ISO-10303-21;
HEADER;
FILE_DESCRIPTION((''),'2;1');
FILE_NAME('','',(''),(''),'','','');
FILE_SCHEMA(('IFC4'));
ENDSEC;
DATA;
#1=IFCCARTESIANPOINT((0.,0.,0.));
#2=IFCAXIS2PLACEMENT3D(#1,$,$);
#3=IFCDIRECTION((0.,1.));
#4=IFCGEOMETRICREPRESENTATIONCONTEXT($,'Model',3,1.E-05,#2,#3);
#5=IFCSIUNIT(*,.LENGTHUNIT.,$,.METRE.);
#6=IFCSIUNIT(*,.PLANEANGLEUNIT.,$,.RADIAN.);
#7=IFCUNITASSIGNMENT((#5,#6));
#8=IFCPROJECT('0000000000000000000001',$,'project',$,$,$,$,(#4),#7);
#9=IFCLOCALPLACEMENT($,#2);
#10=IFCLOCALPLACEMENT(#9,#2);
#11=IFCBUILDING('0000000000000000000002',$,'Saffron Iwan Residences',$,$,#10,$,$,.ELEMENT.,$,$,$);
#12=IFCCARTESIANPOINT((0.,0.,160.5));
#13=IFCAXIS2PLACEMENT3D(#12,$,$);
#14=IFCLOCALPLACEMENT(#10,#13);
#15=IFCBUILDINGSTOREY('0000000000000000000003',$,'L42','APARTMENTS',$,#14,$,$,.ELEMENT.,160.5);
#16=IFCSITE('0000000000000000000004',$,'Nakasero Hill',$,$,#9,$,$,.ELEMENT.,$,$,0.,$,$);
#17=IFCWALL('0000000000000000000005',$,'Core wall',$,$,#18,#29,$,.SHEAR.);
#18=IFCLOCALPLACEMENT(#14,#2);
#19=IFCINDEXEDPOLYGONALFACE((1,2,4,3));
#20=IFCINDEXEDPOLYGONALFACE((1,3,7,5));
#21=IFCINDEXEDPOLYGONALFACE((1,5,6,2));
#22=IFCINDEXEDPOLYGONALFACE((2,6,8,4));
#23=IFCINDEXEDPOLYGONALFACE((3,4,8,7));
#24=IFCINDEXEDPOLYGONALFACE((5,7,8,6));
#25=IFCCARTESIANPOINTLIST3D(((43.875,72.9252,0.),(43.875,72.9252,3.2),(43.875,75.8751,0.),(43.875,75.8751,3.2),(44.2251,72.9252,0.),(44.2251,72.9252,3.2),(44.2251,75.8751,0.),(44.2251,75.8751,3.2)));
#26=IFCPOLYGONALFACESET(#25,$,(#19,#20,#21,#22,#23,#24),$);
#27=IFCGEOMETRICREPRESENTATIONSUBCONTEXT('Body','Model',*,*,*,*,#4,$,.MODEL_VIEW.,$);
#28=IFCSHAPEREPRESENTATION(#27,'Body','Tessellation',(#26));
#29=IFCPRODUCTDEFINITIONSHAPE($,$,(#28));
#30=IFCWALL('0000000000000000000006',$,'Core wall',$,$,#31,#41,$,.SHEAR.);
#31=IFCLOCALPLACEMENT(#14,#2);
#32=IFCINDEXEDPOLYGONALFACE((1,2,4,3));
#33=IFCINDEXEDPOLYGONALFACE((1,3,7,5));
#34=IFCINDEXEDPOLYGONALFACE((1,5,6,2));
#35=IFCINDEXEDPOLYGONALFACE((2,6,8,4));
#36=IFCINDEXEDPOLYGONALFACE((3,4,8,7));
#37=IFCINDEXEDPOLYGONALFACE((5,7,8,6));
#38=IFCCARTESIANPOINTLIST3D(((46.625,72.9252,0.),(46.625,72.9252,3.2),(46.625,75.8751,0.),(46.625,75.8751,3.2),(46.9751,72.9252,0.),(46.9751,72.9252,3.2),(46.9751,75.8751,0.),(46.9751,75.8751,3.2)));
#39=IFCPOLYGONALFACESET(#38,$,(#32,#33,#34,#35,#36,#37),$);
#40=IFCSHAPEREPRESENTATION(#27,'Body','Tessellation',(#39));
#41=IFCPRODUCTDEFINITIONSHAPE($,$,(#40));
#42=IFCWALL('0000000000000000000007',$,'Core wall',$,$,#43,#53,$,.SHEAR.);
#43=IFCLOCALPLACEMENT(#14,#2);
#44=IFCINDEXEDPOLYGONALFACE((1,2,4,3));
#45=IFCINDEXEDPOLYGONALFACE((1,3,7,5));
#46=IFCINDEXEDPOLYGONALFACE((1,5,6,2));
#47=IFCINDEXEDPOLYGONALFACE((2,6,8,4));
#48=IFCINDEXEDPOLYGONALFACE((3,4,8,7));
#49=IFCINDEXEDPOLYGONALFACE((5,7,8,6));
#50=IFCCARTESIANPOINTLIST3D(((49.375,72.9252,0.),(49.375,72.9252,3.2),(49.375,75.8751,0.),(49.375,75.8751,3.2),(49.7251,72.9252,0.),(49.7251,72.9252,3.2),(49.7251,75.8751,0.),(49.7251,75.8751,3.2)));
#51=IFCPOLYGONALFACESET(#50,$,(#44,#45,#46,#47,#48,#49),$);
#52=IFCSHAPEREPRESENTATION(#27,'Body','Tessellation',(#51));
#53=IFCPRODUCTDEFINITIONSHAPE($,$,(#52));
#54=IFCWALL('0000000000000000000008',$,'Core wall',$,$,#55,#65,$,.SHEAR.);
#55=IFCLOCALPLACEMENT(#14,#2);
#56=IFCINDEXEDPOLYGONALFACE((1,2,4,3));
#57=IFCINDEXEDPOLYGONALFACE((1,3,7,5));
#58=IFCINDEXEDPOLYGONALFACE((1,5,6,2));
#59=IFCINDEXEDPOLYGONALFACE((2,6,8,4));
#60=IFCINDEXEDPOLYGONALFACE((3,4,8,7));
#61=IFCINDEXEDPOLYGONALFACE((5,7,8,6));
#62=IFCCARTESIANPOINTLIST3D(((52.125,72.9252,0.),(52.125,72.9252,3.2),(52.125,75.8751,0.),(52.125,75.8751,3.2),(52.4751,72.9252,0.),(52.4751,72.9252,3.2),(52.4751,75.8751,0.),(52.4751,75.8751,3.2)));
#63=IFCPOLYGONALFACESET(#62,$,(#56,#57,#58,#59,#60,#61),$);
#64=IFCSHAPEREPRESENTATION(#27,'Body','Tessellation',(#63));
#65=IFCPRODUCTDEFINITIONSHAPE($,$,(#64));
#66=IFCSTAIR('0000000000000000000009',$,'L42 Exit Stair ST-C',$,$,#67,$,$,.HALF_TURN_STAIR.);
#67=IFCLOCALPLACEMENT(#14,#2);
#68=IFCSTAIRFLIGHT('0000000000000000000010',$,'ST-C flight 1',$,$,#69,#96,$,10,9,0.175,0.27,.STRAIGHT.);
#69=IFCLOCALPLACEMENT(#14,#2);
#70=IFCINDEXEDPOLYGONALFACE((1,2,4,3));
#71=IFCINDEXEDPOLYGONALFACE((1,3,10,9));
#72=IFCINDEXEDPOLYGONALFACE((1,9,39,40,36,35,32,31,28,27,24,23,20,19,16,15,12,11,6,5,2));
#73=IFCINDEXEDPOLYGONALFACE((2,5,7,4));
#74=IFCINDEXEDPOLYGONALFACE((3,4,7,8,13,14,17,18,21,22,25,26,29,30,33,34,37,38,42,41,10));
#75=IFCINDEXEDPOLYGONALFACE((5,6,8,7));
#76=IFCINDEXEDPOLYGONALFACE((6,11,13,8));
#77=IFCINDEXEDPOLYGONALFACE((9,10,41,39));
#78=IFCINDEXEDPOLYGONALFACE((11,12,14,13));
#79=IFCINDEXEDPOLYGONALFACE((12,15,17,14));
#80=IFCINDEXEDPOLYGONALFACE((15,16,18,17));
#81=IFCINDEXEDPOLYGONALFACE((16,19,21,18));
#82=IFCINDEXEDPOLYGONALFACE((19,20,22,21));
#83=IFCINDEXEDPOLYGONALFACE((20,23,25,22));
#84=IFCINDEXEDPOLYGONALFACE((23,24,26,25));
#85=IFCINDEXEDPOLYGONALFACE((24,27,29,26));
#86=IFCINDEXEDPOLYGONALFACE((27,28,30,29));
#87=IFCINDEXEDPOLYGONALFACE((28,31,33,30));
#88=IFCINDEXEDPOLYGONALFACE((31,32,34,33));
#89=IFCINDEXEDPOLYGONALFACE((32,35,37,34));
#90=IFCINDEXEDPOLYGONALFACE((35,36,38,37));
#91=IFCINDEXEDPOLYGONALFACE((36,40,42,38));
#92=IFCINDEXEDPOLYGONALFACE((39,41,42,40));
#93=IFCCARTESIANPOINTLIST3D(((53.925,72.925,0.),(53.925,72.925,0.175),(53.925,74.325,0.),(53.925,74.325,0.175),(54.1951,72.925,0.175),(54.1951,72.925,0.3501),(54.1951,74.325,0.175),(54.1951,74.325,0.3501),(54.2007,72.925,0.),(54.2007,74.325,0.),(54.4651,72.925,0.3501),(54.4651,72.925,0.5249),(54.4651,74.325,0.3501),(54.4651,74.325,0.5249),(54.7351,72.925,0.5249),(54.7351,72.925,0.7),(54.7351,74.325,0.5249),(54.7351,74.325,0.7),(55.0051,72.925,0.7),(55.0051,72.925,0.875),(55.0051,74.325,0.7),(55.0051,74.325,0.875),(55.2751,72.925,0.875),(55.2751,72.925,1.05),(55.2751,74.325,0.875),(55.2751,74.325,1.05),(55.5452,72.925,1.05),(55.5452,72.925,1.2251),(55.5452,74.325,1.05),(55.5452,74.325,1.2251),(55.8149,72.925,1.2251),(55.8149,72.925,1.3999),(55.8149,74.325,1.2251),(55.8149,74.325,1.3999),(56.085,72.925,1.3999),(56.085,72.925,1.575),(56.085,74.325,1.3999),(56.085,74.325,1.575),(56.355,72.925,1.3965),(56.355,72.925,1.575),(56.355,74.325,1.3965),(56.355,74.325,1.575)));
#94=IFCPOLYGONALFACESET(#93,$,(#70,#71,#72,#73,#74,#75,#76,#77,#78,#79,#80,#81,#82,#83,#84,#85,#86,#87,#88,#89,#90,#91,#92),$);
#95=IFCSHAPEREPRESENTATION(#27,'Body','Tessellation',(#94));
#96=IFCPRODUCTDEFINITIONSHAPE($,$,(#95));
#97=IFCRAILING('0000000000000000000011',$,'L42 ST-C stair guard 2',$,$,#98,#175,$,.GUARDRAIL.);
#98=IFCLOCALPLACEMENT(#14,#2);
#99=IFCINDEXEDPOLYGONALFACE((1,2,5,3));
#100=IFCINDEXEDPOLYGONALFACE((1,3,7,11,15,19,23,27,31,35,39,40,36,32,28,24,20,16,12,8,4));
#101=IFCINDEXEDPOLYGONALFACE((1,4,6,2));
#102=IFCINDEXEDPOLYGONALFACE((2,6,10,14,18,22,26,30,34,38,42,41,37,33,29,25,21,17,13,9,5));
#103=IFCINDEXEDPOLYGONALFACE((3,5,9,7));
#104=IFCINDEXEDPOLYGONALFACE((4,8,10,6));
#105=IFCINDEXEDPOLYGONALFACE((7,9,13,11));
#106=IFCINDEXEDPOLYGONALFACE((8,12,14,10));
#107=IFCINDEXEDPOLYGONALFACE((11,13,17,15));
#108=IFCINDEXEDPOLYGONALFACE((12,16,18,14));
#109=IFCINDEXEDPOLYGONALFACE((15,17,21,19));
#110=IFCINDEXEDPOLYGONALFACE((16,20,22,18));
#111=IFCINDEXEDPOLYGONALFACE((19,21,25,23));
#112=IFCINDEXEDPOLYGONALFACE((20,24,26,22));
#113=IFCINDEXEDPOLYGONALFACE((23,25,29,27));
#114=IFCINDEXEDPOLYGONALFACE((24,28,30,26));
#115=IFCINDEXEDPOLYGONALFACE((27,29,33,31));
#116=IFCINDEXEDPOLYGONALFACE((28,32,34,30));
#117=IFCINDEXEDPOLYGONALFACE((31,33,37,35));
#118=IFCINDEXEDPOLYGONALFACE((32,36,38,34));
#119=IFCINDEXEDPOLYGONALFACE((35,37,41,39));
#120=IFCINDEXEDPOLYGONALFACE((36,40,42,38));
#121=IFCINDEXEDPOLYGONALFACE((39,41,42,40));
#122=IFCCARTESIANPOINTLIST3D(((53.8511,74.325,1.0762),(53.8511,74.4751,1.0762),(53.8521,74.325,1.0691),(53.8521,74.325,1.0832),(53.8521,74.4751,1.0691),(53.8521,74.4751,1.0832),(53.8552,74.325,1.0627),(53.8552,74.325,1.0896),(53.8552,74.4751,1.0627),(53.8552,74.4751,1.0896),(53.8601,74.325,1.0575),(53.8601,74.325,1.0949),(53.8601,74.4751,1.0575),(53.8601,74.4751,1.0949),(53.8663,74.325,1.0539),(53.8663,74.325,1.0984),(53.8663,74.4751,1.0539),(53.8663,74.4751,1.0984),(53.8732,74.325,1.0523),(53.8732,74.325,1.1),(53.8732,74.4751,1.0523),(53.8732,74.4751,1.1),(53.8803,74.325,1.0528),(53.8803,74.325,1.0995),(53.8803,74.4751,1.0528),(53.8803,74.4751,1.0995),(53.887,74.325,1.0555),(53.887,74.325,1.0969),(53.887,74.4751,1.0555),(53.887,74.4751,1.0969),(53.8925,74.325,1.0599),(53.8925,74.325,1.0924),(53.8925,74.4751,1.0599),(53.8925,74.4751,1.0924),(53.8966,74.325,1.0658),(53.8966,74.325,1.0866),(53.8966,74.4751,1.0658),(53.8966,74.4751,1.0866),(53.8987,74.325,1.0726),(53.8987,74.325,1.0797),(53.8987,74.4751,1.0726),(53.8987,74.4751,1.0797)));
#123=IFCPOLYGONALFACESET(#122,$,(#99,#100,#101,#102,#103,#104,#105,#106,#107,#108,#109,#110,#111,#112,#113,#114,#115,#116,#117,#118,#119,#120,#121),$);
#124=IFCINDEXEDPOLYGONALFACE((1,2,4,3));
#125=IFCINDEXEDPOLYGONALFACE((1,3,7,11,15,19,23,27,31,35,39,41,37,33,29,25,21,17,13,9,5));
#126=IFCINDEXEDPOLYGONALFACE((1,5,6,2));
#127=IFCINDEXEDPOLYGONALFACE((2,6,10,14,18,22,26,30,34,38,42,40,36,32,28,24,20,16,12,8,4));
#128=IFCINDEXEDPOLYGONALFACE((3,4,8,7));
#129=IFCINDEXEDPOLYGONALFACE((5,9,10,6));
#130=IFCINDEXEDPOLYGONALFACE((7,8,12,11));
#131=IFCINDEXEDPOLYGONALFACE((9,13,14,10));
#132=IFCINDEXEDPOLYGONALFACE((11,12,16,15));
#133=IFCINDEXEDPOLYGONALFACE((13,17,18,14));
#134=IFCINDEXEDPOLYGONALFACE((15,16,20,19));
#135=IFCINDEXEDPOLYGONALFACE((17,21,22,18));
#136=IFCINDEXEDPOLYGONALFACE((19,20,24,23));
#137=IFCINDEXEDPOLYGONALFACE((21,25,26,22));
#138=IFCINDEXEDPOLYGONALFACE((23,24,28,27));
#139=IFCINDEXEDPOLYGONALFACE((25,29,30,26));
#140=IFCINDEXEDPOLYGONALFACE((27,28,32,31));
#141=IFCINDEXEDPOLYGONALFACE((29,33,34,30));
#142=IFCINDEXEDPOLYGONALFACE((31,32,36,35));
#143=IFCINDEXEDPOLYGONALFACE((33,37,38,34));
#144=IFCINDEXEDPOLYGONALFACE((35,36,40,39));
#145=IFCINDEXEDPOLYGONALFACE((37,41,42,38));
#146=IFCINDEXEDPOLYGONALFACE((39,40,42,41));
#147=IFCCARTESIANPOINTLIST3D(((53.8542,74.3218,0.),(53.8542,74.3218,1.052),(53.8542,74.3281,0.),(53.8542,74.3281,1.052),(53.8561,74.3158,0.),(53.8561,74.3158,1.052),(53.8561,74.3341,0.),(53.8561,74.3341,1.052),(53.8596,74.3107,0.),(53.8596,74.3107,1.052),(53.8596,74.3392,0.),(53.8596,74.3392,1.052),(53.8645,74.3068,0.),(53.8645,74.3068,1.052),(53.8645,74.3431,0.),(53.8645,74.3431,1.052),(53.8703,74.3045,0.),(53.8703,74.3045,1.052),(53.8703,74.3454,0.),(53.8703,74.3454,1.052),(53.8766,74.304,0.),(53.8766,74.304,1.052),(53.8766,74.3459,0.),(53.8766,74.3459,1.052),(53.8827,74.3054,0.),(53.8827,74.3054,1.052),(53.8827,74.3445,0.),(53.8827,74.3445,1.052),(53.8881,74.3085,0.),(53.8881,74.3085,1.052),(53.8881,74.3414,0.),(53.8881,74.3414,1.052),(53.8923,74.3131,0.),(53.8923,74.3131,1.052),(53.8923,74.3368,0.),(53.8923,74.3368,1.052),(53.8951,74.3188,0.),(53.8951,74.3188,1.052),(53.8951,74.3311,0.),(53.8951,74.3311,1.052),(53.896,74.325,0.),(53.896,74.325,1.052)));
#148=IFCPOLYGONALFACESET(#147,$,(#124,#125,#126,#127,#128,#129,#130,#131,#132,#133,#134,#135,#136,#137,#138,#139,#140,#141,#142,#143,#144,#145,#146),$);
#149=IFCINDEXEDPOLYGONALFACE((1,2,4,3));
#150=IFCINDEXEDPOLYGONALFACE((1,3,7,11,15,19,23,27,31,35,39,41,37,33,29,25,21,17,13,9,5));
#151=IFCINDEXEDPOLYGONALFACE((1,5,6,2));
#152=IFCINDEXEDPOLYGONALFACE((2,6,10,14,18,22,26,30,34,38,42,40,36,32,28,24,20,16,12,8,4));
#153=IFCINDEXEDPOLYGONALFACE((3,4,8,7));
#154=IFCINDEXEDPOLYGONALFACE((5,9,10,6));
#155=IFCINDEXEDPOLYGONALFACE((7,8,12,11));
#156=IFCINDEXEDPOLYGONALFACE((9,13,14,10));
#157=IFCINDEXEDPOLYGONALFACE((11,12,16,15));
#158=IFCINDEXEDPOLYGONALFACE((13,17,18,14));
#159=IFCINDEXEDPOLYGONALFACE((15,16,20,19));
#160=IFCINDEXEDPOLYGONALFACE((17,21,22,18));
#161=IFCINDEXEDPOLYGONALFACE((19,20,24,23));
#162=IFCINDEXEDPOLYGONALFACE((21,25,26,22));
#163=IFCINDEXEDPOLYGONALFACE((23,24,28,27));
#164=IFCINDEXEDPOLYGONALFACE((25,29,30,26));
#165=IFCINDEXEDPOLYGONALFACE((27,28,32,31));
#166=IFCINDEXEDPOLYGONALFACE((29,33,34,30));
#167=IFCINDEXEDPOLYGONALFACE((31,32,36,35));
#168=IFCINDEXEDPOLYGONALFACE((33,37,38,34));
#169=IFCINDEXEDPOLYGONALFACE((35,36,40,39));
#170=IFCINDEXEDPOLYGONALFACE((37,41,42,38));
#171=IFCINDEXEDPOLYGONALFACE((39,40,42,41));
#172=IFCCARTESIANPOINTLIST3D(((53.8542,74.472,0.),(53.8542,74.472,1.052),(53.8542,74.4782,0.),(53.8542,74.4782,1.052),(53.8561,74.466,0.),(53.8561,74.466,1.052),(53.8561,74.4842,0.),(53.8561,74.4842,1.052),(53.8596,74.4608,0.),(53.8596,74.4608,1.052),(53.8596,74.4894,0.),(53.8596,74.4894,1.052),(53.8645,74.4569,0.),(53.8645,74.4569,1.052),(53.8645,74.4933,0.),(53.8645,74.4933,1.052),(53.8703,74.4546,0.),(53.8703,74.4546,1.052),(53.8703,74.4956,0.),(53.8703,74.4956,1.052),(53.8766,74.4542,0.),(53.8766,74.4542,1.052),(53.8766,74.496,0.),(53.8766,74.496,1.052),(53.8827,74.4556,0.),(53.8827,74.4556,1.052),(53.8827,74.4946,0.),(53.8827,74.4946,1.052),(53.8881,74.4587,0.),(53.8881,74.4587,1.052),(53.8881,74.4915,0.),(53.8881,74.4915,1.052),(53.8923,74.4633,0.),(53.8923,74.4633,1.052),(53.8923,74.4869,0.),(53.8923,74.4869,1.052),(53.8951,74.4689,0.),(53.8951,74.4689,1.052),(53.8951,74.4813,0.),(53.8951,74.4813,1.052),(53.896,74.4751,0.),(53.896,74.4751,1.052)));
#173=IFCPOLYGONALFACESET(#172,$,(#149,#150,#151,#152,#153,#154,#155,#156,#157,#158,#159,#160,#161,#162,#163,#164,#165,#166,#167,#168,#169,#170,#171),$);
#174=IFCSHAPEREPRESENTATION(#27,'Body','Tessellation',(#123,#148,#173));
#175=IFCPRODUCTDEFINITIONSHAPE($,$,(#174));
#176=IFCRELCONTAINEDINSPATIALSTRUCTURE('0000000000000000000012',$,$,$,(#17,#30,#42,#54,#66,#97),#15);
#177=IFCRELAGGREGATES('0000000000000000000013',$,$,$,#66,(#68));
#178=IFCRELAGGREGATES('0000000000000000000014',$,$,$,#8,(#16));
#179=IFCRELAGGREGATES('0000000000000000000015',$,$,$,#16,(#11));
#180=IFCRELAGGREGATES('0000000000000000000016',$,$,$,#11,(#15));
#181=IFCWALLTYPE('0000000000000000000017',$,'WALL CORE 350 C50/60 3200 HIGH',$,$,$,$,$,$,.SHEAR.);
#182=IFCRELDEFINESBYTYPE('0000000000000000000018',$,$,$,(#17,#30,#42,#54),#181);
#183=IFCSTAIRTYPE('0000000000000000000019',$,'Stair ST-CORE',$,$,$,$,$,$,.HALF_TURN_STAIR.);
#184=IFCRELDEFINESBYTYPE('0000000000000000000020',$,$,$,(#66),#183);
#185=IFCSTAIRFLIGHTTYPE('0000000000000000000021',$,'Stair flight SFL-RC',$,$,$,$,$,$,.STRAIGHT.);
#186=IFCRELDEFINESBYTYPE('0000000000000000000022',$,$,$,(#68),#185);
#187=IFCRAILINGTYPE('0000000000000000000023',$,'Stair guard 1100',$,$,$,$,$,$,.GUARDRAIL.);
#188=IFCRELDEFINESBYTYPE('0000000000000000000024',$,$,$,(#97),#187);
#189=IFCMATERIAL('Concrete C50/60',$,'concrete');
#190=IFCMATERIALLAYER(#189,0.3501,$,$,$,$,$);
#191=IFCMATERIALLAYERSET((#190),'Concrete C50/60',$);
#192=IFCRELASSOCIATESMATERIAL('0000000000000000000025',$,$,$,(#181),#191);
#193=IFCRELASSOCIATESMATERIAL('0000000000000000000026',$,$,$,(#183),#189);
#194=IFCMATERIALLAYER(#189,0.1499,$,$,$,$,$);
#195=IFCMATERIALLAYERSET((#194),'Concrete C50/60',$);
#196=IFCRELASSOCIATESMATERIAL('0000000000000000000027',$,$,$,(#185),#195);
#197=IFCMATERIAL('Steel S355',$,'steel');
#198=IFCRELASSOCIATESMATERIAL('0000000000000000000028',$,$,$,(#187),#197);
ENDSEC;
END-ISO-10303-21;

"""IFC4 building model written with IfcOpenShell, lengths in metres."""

from ifc_helpers import new_model, si_unit, direction, frame, frame_2d, origin, origin_2d, place, context, subcontext, project, spatial, polyline, rectangle, circle, outline, extrude, material, layer, layer_set, type_object, element, aggregate, save


model = new_model("IFC4")

# Units and contexts
model_context = context("Model", 3, precision=1e-05, world=origin(), true_north=direction((0.0, 1.0)))
body_context = subcontext(model_context, "Body", "Model", "MODEL_VIEW")
ifc_project = project(units=[si_unit("LENGTHUNIT", "METRE"), si_unit("PLANEANGLEUNIT", "RADIAN")], contexts=[model_context])

# Site, building, storey
site_placement = place(None, origin())
site = spatial("IfcSite", under=ifc_project, at=site_placement, Name="Nakasero Hill", CompositionType="ELEMENT", RefElevation=0.0)
building_placement = place(site_placement, origin())
building = spatial("IfcBuilding", under=site, at=building_placement, Name="Saffron Iwan Residences", CompositionType="ELEMENT")
storey_placement = place(building_placement, frame((0.0, 0.0, 160.5)))
storey = spatial("IfcBuildingStorey", under=building, at=storey_placement, Name="L42", Description="APARTMENTS", CompositionType="ELEMENT", Elevation=160.5)

# Shared definitions
ifc_material_1 = material(Name="Concrete C50/60", Category="concrete")

# Walls
ifc_layer_1 = layer(ifc_material_1, 0.3501)
ifc_layer_set_1 = layer_set([ifc_layer_1], Name="Concrete C50/60")
wall_type_1 = type_object("IfcWallType", Name="WALL CORE 350 C50/60 3200 HIGH", PredefinedType="SHEAR", material=ifc_layer_set_1)
for number, where, z_axis, x_axis, name in (
    (1, (44.05, 72.925, 0.0), (0.0, 0.0, 1.0), (0.0, 1.0, 0.0), "Core wall"),
    (2, (46.8, 72.925, 0.0), (0.0, 0.0, 1.0), (0.0, 1.0, 0.0), "Core wall"),
    (3, (49.55, 72.925, 0.0), (0.0, 0.0, 1.0), (0.0, 1.0, 0.0), "Core wall"),
    (4, (52.3, 72.925, 0.0), (0.0, 0.0, 1.0), (0.0, 1.0, 0.0), "Core wall"),
):
    element("IfcWall", number, at=place(storey_placement, frame(where, z_axis=z_axis, x_axis=x_axis)), inside=storey, type_object=wall_type_1, Name=name, PredefinedType="SHEAR", context=body_context, shape_type="SweptSolid", body=[
        extrude(rectangle(XDim=2.95, YDim=0.3501, at=frame_2d((1.4751, 0.0))), origin(), (0.0, 0.0, 1.0), 3.2),
    ])

# Stair, stair flight
stair_type = type_object("IfcStairType", Name="Stair ST-CORE", PredefinedType="HALF_TURN_STAIR", material=ifc_material_1)
stair_placement = place(storey_placement, origin())
stair = element("IfcStair", 5, at=stair_placement, inside=storey, type_object=stair_type, Name="L42 Exit Stair ST-C", PredefinedType="HALF_TURN_STAIR")
ifc_layer_2 = layer(ifc_material_1, 0.1499)
ifc_layer_set_2 = layer_set([ifc_layer_2], Name="Concrete C50/60")
stair_flight_type = type_object("IfcStairFlightType", Name="Stair flight SFL-RC", PredefinedType="STRAIGHT", material=ifc_layer_set_2)
stair_flight_placement = place(storey_placement, frame((53.925, 73.625, 0.0), z_axis=(0.0, 0.0, 1.0), x_axis=(1.0, 0.0, 0.0)))
stair_flight = element("IfcStairFlight", 6, at=stair_flight_placement, type_object=stair_flight_type, Name="ST-C flight 1", NumberOfRisers=10, NumberOfTreads=9, PredefinedType="STRAIGHT", RiserHeight=0.175, TreadLength=0.27, context=body_context, shape_type="SweptSolid", body=[
    extrude(outline(polyline([(0.0, 0.0), (0.0, 0.175), (0.27, 0.175), (0.27, 0.3501), (0.54, 0.3501), (0.54, 0.5249), (0.8101, 0.5249), (0.8101, 0.7), (1.0801, 0.7), (1.0801, 0.875), (1.3501, 0.875), (1.3501, 1.05), (1.6201, 1.05), (1.6201, 1.2251), (1.8899, 1.2251), (1.8899, 1.3999), (2.1599, 1.3999), (2.1599, 1.575), (2.4299, 1.575), (2.4299, 1.75), (2.4299, 1.3965), (0.2756, 0.0), (0.0, 0.0)])), frame((0.0, 0.7, 0.0), z_axis=(0.0, -1.0, 0.0), x_axis=(1.0, 0.0, 0.0)), (0.0, 0.0, 1.0), 1.3999),
])
aggregate(stair, [stair_flight])

# Railing
ifc_material_2 = material(Name="Steel S355", Category="steel")
railing_type_1 = type_object("IfcRailingType", Name="Stair guard 1100", PredefinedType="GUARDRAIL", material=ifc_material_2)
railing_1_placement = place(storey_placement, frame((53.875, 74.325, 0.0)))
element("IfcRailing", 7, at=railing_1_placement, inside=storey, type_object=railing_type_1, Name="L42 ST-C stair guard 2", PredefinedType="GUARDRAIL", context=body_context, shape_type="SweptSolid", body=[
    extrude(circle(Radius=0.0239, at=origin_2d()), frame((0.0, 0.0, 1.0762), z_axis=(0.0, 1.0, 0.0), x_axis=(-1.0, 0.0, 0.0)), (0.0, 0.0, 1.0), 0.1501),
    extrude(circle(Radius=0.021, at=origin_2d()), origin(), (0.0, 0.0, 1.0), 1.052),
    extrude(circle(Radius=0.021, at=origin_2d()), frame((0.0, 0.1501, 0.0)), (0.0, 0.0, 1.0), 1.052),
])

save(model, "model.ifc")
